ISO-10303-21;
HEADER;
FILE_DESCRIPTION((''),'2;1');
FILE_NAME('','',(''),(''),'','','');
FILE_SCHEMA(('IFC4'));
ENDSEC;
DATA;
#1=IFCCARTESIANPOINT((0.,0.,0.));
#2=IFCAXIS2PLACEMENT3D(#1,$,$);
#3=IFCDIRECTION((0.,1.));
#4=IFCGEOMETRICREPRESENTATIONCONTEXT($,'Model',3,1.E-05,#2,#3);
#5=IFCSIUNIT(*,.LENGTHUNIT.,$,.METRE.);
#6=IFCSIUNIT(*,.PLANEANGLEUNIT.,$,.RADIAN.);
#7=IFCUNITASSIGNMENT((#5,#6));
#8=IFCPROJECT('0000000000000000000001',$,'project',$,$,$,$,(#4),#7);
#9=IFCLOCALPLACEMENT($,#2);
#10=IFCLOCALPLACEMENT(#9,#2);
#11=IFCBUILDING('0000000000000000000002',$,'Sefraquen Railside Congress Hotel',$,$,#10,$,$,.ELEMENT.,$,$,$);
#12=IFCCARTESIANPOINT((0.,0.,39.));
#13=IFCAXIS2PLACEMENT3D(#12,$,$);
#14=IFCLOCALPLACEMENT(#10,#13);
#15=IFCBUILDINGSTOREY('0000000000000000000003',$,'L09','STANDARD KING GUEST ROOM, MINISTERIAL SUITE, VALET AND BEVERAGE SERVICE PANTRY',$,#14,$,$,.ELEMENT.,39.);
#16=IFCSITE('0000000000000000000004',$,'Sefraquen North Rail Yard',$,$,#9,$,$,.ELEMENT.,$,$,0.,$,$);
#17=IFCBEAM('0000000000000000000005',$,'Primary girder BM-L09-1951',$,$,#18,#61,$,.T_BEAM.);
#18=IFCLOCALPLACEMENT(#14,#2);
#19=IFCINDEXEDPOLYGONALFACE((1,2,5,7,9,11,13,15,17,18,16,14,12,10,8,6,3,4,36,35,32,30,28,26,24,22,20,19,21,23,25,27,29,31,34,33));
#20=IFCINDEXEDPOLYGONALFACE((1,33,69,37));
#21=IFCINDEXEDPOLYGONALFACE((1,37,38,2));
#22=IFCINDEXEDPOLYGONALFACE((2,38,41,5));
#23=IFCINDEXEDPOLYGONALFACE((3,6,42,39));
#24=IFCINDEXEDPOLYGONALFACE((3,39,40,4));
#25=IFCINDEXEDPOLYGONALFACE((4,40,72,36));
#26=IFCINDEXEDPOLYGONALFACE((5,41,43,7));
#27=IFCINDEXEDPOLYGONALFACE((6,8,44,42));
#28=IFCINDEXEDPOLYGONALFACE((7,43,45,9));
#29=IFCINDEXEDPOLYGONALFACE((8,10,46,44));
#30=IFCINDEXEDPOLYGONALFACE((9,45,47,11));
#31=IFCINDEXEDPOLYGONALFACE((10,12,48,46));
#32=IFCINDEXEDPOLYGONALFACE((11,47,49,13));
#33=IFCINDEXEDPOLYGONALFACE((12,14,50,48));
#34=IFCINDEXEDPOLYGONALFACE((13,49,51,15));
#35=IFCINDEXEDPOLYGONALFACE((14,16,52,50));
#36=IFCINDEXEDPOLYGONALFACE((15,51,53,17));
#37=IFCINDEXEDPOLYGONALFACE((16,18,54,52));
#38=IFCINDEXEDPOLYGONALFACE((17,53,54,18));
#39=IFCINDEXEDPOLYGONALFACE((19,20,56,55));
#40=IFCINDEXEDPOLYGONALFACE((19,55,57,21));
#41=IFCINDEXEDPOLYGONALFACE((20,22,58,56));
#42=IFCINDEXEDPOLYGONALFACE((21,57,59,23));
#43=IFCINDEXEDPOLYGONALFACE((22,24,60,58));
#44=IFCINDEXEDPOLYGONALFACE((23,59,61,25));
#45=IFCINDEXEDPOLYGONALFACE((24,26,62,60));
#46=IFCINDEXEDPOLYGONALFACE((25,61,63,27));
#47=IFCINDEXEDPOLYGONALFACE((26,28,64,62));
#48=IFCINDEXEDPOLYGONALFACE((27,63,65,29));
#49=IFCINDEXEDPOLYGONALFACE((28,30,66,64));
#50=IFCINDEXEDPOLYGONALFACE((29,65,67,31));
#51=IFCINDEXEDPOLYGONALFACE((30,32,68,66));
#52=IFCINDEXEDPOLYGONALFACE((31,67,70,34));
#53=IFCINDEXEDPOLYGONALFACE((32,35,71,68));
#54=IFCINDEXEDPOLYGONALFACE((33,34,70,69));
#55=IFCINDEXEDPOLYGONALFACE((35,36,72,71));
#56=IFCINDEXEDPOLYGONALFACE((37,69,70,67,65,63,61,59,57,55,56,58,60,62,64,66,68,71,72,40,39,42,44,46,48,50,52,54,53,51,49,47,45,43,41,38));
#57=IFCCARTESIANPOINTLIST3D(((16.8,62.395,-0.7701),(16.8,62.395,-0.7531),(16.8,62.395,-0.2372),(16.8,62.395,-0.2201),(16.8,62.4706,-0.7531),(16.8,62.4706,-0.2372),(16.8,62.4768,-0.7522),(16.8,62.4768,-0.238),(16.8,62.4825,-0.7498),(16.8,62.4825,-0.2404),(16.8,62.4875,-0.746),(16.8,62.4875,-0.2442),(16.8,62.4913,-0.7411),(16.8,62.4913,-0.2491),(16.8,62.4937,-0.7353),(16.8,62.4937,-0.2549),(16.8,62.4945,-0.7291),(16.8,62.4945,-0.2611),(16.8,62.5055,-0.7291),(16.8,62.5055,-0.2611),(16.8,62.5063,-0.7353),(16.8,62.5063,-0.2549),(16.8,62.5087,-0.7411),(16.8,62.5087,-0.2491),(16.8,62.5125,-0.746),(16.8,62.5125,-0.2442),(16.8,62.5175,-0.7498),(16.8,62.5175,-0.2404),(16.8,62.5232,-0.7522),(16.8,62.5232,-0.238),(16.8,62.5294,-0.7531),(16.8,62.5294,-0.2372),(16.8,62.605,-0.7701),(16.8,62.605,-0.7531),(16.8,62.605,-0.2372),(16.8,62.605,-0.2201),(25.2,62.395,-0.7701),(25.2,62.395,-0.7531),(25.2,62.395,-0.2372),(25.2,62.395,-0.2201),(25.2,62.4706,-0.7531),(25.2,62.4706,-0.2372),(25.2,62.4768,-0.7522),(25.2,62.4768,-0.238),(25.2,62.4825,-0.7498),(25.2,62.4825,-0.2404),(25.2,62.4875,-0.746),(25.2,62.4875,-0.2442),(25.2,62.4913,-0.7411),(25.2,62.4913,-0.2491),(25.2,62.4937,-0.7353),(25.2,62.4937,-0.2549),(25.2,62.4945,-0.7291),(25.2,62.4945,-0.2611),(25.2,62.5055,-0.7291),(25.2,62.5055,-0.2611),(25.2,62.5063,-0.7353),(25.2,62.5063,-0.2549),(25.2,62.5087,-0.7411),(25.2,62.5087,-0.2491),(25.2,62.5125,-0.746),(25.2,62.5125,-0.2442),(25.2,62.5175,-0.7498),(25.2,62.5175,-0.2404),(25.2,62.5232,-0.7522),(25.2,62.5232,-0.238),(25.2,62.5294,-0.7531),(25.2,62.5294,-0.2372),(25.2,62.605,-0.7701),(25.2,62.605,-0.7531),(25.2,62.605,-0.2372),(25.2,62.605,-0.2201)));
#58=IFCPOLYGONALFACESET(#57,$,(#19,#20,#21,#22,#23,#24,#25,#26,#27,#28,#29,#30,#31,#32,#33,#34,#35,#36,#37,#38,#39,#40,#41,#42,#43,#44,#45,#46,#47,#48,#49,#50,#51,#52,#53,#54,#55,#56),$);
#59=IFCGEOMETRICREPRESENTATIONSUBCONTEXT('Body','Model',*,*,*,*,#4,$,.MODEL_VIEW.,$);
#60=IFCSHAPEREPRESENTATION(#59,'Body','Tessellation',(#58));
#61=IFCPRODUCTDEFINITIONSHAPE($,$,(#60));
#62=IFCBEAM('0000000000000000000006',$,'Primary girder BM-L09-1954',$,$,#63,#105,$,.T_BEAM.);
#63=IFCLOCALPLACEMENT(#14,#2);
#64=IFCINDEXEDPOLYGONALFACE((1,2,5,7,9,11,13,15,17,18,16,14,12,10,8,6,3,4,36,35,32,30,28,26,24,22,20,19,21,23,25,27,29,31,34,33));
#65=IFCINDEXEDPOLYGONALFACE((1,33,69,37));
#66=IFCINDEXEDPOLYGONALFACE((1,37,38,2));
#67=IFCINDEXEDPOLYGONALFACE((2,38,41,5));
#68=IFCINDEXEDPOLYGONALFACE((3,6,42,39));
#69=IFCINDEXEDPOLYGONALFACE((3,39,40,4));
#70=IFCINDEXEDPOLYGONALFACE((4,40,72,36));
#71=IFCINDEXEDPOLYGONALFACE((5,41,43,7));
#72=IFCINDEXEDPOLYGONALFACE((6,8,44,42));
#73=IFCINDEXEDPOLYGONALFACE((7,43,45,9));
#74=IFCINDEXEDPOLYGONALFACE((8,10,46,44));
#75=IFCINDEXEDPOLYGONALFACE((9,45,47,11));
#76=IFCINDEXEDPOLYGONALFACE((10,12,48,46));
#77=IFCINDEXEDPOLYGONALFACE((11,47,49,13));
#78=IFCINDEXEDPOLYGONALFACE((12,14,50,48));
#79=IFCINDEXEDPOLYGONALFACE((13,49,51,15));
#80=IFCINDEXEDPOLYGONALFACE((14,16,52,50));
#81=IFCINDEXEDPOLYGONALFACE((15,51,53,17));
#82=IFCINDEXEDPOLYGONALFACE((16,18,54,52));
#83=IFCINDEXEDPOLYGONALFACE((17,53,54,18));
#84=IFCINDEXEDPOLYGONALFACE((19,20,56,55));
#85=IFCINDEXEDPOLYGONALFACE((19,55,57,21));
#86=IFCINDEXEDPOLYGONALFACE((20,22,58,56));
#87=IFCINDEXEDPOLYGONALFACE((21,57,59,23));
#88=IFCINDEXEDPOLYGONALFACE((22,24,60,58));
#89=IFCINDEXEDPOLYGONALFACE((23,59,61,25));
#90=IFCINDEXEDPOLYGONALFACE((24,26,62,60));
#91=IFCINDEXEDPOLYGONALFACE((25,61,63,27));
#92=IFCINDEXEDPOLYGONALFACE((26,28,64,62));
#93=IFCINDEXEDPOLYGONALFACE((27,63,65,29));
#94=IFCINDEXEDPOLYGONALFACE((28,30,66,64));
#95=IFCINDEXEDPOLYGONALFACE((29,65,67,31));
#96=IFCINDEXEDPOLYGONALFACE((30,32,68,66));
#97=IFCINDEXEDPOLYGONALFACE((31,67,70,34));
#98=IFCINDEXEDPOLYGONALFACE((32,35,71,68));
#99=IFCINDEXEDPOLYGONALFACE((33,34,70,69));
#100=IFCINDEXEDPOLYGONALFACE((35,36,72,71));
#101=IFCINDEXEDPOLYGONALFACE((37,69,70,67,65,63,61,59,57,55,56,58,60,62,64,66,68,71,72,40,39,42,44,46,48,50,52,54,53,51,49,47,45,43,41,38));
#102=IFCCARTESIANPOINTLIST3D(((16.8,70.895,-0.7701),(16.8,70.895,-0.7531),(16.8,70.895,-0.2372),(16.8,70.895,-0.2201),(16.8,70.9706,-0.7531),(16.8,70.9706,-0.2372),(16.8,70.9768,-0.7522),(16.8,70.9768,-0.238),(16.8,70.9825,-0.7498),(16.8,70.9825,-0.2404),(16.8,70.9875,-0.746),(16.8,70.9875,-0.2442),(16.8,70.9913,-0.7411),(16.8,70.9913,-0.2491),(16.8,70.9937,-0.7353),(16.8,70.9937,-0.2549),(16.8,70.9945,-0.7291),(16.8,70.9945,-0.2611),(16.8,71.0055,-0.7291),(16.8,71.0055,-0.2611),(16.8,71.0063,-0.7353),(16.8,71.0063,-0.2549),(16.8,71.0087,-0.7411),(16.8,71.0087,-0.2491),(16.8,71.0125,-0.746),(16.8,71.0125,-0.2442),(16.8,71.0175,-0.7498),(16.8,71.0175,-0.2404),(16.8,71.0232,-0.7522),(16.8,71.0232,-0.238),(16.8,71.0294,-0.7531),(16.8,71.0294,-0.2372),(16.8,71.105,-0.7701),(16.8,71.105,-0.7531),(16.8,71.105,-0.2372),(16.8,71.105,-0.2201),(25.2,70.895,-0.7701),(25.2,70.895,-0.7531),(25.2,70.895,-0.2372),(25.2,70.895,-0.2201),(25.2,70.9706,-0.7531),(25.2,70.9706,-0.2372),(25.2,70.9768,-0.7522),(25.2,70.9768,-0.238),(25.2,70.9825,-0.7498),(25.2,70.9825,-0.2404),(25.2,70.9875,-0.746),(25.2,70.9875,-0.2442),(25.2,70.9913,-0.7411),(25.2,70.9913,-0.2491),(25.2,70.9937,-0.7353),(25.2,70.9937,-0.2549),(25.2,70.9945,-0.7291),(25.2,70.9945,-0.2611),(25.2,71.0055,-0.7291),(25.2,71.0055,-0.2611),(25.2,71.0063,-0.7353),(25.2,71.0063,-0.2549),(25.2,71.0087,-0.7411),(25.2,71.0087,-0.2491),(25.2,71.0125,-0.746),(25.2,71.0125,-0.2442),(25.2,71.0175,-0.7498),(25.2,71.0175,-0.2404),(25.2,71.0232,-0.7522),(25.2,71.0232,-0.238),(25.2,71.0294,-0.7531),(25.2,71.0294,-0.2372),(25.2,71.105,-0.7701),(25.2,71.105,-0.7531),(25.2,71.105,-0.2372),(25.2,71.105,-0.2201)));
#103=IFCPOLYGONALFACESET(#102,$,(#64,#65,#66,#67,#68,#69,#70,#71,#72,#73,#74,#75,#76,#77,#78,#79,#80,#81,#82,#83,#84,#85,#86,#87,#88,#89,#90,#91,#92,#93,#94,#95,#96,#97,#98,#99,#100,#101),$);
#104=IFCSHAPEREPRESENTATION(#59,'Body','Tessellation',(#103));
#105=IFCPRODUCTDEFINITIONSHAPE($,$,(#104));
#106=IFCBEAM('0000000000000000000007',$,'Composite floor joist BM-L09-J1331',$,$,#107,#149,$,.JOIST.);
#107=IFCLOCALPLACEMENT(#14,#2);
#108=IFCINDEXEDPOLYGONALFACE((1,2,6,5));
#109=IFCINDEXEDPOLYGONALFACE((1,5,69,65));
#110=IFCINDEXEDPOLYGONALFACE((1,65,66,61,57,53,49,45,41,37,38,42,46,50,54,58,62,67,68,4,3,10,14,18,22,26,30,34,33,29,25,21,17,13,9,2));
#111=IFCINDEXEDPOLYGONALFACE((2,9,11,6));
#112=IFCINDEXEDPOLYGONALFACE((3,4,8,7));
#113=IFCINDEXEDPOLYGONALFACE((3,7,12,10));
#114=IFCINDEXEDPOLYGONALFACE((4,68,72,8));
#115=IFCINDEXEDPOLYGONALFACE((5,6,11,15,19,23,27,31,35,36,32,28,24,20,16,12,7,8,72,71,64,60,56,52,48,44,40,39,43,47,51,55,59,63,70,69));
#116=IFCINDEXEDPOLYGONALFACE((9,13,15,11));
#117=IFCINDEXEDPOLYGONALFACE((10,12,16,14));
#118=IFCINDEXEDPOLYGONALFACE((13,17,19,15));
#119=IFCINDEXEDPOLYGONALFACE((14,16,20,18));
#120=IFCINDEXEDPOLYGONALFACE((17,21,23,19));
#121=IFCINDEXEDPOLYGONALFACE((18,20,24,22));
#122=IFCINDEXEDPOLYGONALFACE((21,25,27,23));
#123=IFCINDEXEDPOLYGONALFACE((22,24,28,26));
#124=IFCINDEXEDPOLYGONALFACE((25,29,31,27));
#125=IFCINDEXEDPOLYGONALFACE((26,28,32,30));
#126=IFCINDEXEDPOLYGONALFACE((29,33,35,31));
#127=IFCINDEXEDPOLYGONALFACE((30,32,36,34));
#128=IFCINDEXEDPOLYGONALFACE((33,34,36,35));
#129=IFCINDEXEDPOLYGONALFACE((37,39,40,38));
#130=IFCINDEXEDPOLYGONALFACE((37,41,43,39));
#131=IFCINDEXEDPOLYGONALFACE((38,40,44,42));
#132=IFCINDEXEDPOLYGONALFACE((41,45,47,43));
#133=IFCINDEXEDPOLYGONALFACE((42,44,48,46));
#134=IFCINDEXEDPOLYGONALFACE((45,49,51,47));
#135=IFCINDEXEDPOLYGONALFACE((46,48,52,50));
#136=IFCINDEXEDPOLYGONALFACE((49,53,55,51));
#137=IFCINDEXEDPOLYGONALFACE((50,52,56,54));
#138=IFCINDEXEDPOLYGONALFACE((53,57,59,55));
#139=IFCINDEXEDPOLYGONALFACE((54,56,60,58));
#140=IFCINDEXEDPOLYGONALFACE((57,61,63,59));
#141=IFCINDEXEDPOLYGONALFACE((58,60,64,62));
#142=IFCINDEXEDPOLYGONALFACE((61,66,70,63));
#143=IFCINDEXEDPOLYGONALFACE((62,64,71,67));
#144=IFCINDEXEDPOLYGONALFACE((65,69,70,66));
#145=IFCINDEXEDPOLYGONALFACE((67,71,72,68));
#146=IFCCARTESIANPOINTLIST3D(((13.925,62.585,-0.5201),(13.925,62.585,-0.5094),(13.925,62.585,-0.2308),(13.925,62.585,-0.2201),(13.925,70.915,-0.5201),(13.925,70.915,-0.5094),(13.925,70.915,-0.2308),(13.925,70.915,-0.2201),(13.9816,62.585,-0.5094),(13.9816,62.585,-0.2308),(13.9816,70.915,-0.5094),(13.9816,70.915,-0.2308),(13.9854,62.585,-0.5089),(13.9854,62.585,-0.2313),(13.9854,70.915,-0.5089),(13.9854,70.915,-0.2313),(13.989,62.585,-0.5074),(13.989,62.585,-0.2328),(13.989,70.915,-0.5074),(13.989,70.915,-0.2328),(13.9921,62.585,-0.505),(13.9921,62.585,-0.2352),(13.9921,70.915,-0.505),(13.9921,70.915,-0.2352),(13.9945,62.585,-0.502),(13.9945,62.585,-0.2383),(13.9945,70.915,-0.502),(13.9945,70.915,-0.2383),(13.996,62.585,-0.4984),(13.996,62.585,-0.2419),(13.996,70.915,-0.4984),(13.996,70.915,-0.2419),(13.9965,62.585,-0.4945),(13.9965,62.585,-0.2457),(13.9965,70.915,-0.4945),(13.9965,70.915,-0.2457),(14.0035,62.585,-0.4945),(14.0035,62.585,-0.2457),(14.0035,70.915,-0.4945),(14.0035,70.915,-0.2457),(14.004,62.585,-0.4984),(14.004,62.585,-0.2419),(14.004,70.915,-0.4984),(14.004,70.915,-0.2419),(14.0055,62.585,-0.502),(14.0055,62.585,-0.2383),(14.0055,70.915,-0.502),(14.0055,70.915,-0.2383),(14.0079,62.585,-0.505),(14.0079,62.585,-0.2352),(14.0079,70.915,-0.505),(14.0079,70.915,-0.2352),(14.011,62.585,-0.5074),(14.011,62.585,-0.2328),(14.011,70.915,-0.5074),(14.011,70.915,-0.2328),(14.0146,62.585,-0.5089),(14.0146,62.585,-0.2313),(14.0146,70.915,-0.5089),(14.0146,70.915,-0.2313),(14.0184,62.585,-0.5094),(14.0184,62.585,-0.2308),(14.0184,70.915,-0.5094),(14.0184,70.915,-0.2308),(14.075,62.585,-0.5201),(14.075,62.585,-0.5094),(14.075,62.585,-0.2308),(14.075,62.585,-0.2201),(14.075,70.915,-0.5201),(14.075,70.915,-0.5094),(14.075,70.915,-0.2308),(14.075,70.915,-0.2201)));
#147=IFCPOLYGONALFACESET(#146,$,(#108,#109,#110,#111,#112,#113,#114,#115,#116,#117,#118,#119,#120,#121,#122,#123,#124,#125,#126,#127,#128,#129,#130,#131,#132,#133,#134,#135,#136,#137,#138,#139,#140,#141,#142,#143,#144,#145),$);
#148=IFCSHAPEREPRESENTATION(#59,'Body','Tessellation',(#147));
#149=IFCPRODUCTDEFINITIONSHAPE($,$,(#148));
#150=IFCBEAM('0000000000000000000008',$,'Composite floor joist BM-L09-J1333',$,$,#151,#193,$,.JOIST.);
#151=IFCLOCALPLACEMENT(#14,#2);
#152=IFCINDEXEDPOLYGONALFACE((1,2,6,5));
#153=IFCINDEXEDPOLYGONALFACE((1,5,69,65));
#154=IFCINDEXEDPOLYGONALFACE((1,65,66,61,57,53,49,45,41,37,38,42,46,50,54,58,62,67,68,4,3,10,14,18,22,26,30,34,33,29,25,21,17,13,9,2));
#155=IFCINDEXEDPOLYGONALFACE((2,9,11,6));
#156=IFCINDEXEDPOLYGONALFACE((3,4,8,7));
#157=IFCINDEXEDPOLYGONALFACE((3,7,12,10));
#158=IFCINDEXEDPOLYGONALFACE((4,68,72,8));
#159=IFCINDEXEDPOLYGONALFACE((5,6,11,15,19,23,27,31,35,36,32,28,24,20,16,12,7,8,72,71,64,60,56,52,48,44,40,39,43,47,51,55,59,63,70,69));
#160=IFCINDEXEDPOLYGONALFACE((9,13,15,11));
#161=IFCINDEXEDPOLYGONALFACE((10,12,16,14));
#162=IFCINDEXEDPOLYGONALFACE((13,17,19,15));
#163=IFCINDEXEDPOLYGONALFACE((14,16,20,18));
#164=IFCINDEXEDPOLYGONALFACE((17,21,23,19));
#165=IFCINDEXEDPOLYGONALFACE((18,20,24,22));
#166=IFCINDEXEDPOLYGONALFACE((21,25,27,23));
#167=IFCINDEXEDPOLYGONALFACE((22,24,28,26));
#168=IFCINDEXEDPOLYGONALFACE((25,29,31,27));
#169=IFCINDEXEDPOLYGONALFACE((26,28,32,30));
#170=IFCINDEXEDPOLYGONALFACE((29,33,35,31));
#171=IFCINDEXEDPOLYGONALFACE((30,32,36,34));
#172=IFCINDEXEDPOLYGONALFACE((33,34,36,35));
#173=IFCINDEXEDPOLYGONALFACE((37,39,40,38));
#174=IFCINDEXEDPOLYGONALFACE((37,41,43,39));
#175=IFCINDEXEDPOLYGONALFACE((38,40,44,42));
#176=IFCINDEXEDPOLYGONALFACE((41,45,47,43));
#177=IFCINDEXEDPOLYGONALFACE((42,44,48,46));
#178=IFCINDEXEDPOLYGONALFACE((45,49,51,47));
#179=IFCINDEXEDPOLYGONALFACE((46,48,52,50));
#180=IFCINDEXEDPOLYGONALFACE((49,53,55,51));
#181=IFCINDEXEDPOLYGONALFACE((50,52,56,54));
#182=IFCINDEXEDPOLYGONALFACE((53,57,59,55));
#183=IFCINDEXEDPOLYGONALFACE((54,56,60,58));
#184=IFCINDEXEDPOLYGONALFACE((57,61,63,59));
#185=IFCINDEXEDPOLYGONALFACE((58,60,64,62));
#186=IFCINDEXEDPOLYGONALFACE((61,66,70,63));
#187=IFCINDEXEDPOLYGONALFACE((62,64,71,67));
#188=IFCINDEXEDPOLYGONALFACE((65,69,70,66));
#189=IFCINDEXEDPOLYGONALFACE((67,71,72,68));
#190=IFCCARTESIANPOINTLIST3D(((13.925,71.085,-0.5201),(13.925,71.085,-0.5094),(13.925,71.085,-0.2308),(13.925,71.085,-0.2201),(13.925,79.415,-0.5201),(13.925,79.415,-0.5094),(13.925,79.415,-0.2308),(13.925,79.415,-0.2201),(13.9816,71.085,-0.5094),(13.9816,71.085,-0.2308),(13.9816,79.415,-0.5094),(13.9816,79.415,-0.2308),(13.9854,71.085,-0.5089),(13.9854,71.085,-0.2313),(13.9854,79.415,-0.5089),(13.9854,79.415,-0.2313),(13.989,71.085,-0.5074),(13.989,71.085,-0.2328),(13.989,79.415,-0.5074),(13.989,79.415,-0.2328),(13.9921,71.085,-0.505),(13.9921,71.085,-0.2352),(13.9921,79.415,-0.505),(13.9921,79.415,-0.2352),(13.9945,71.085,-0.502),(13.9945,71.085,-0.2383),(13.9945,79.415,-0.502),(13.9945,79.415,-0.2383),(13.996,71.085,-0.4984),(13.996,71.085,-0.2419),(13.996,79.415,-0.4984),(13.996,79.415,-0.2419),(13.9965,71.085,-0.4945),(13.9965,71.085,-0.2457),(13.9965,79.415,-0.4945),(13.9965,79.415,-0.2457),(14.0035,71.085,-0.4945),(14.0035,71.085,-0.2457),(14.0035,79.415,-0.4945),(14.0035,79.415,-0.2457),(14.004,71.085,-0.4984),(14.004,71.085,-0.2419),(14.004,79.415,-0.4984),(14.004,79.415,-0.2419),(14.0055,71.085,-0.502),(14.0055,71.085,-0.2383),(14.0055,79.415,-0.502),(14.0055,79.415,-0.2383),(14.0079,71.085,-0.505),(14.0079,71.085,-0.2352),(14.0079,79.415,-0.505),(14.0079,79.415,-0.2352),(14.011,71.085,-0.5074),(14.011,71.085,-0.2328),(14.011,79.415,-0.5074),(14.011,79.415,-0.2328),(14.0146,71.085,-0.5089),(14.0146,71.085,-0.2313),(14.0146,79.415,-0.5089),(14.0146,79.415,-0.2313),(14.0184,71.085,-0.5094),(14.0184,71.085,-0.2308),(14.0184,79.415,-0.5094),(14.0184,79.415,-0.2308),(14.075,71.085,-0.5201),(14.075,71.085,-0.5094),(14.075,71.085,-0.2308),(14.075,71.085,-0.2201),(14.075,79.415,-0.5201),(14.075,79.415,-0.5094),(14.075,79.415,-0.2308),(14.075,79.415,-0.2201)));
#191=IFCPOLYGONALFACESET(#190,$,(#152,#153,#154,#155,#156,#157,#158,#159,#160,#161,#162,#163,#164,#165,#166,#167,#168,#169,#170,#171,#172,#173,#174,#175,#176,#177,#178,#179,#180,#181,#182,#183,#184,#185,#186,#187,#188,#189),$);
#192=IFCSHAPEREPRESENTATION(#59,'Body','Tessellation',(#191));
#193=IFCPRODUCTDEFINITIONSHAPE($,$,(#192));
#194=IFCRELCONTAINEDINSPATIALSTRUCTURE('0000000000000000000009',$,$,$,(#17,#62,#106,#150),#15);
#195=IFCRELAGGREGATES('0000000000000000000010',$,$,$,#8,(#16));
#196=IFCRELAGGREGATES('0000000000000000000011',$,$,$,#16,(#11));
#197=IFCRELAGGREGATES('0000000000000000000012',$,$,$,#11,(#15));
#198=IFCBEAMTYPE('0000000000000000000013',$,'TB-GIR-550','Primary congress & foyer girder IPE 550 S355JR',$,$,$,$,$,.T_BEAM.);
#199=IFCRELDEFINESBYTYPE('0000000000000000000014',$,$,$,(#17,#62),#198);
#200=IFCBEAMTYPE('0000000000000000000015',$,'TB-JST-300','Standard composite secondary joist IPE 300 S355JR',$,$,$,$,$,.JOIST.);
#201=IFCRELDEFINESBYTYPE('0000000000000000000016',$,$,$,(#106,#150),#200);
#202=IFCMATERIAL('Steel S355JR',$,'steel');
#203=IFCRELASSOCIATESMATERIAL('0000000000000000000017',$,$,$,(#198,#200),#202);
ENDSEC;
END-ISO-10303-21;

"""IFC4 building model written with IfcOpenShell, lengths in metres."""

from ifc_helpers import new_model, si_unit, direction, frame, origin, origin_2d, place, context, subcontext, project, spatial, i_section, extrude, material, material_profile, profile_set, type_object, element, save


model = new_model("IFC4")

# Units and contexts
model_context = context("Model", 3, precision=1e-05, world=origin(), true_north=direction((0.0, 1.0)))
body_context = subcontext(model_context, "Body", "Model", "MODEL_VIEW")
ifc_project = project(units=[si_unit("LENGTHUNIT", "METRE"), si_unit("PLANEANGLEUNIT", "RADIAN")], contexts=[model_context])

# Site, building, storey
site_placement = place(None, origin())
site = spatial("IfcSite", under=ifc_project, at=site_placement, Name="Sefraquen North Rail Yard", CompositionType="ELEMENT", RefElevation=0.0)
building_placement = place(site_placement, origin())
building = spatial("IfcBuilding", under=site, at=building_placement, Name="Sefraquen Railside Congress Hotel", CompositionType="ELEMENT")
storey_placement = place(building_placement, frame((0.0, 0.0, 39.0)))
storey = spatial("IfcBuildingStorey", under=building, at=storey_placement, Name="L09", Description="STANDARD KING GUEST ROOM, MINISTERIAL SUITE, VALET AND BEVERAGE SERVICE PANTRY", CompositionType="ELEMENT", Elevation=39.0)

# Shared definitions
ifc_material_1 = material(Name="Steel S355JR", Category="steel")

# Beams
ifc_material_profile_1 = material_profile(ifc_material_1, i_section(OverallWidth=0.21, OverallDepth=0.55, WebThickness=0.011, FlangeThickness=0.0171, FilletRadius=0.0239, at=origin_2d()), Name="IPE 550")
ifc_profile_set_1 = profile_set([ifc_material_profile_1], Name="Steel S355JR")
beam_type_1 = type_object("IfcBeamType", Name="TB-GIR-550", Description="Primary congress & foyer girder IPE 550 S355JR", PredefinedType="T_BEAM", material=ifc_profile_set_1)
for number, where, z_axis, x_axis, name in (
    (1, (16.8, 62.5, -0.4951), (1.0, 0.0, 0.0), (0.0, 1.0, 0.0), "Primary girder BM-L09-1951"),
    (2, (16.8, 71.0, -0.4951), (1.0, 0.0, 0.0), (0.0, 1.0, 0.0), "Primary girder BM-L09-1954"),
):
    element("IfcBeam", number, at=place(storey_placement, frame(where, z_axis=z_axis, x_axis=x_axis)), inside=storey, type_object=beam_type_1, Name=name, PredefinedType="T_BEAM", context=body_context, shape_type="SweptSolid", body=[
        extrude(i_section(OverallWidth=0.21, OverallDepth=0.55, WebThickness=0.011, FlangeThickness=0.0171, FilletRadius=0.0239, at=origin_2d()), origin(), (0.0, 0.0, 1.0), 8.3999),
    ])
ifc_material_profile_2 = material_profile(ifc_material_1, i_section(OverallWidth=0.1499, OverallDepth=0.3, WebThickness=0.0071, FlangeThickness=0.0107, FilletRadius=0.0149, at=origin_2d()), Name="IPE 300")
ifc_profile_set_2 = profile_set([ifc_material_profile_2], Name="Steel S355JR")
beam_type_2 = type_object("IfcBeamType", Name="TB-JST-300", Description="Standard composite secondary joist IPE 300 S355JR", PredefinedType="JOIST", material=ifc_profile_set_2)
for number, where, z_axis, x_axis, name in (
    (3, (14.0, 62.585, -0.3701), (0.0, 1.0, 0.0), (-1.0, 0.0, 0.0), "Composite floor joist BM-L09-J1331"),
    (4, (14.0, 71.085, -0.3701), (0.0, 1.0, 0.0), (-1.0, 0.0, 0.0), "Composite floor joist BM-L09-J1333"),
):
    element("IfcBeam", number, at=place(storey_placement, frame(where, z_axis=z_axis, x_axis=x_axis)), inside=storey, type_object=beam_type_2, Name=name, PredefinedType="JOIST", context=body_context, shape_type="SweptSolid", body=[
        extrude(i_section(OverallWidth=0.1499, OverallDepth=0.3, WebThickness=0.0071, FlangeThickness=0.0107, FilletRadius=0.0149, at=origin_2d()), origin(), (0.0, 0.0, 1.0), 8.3301),
    ])

save(model, "model.ifc")
